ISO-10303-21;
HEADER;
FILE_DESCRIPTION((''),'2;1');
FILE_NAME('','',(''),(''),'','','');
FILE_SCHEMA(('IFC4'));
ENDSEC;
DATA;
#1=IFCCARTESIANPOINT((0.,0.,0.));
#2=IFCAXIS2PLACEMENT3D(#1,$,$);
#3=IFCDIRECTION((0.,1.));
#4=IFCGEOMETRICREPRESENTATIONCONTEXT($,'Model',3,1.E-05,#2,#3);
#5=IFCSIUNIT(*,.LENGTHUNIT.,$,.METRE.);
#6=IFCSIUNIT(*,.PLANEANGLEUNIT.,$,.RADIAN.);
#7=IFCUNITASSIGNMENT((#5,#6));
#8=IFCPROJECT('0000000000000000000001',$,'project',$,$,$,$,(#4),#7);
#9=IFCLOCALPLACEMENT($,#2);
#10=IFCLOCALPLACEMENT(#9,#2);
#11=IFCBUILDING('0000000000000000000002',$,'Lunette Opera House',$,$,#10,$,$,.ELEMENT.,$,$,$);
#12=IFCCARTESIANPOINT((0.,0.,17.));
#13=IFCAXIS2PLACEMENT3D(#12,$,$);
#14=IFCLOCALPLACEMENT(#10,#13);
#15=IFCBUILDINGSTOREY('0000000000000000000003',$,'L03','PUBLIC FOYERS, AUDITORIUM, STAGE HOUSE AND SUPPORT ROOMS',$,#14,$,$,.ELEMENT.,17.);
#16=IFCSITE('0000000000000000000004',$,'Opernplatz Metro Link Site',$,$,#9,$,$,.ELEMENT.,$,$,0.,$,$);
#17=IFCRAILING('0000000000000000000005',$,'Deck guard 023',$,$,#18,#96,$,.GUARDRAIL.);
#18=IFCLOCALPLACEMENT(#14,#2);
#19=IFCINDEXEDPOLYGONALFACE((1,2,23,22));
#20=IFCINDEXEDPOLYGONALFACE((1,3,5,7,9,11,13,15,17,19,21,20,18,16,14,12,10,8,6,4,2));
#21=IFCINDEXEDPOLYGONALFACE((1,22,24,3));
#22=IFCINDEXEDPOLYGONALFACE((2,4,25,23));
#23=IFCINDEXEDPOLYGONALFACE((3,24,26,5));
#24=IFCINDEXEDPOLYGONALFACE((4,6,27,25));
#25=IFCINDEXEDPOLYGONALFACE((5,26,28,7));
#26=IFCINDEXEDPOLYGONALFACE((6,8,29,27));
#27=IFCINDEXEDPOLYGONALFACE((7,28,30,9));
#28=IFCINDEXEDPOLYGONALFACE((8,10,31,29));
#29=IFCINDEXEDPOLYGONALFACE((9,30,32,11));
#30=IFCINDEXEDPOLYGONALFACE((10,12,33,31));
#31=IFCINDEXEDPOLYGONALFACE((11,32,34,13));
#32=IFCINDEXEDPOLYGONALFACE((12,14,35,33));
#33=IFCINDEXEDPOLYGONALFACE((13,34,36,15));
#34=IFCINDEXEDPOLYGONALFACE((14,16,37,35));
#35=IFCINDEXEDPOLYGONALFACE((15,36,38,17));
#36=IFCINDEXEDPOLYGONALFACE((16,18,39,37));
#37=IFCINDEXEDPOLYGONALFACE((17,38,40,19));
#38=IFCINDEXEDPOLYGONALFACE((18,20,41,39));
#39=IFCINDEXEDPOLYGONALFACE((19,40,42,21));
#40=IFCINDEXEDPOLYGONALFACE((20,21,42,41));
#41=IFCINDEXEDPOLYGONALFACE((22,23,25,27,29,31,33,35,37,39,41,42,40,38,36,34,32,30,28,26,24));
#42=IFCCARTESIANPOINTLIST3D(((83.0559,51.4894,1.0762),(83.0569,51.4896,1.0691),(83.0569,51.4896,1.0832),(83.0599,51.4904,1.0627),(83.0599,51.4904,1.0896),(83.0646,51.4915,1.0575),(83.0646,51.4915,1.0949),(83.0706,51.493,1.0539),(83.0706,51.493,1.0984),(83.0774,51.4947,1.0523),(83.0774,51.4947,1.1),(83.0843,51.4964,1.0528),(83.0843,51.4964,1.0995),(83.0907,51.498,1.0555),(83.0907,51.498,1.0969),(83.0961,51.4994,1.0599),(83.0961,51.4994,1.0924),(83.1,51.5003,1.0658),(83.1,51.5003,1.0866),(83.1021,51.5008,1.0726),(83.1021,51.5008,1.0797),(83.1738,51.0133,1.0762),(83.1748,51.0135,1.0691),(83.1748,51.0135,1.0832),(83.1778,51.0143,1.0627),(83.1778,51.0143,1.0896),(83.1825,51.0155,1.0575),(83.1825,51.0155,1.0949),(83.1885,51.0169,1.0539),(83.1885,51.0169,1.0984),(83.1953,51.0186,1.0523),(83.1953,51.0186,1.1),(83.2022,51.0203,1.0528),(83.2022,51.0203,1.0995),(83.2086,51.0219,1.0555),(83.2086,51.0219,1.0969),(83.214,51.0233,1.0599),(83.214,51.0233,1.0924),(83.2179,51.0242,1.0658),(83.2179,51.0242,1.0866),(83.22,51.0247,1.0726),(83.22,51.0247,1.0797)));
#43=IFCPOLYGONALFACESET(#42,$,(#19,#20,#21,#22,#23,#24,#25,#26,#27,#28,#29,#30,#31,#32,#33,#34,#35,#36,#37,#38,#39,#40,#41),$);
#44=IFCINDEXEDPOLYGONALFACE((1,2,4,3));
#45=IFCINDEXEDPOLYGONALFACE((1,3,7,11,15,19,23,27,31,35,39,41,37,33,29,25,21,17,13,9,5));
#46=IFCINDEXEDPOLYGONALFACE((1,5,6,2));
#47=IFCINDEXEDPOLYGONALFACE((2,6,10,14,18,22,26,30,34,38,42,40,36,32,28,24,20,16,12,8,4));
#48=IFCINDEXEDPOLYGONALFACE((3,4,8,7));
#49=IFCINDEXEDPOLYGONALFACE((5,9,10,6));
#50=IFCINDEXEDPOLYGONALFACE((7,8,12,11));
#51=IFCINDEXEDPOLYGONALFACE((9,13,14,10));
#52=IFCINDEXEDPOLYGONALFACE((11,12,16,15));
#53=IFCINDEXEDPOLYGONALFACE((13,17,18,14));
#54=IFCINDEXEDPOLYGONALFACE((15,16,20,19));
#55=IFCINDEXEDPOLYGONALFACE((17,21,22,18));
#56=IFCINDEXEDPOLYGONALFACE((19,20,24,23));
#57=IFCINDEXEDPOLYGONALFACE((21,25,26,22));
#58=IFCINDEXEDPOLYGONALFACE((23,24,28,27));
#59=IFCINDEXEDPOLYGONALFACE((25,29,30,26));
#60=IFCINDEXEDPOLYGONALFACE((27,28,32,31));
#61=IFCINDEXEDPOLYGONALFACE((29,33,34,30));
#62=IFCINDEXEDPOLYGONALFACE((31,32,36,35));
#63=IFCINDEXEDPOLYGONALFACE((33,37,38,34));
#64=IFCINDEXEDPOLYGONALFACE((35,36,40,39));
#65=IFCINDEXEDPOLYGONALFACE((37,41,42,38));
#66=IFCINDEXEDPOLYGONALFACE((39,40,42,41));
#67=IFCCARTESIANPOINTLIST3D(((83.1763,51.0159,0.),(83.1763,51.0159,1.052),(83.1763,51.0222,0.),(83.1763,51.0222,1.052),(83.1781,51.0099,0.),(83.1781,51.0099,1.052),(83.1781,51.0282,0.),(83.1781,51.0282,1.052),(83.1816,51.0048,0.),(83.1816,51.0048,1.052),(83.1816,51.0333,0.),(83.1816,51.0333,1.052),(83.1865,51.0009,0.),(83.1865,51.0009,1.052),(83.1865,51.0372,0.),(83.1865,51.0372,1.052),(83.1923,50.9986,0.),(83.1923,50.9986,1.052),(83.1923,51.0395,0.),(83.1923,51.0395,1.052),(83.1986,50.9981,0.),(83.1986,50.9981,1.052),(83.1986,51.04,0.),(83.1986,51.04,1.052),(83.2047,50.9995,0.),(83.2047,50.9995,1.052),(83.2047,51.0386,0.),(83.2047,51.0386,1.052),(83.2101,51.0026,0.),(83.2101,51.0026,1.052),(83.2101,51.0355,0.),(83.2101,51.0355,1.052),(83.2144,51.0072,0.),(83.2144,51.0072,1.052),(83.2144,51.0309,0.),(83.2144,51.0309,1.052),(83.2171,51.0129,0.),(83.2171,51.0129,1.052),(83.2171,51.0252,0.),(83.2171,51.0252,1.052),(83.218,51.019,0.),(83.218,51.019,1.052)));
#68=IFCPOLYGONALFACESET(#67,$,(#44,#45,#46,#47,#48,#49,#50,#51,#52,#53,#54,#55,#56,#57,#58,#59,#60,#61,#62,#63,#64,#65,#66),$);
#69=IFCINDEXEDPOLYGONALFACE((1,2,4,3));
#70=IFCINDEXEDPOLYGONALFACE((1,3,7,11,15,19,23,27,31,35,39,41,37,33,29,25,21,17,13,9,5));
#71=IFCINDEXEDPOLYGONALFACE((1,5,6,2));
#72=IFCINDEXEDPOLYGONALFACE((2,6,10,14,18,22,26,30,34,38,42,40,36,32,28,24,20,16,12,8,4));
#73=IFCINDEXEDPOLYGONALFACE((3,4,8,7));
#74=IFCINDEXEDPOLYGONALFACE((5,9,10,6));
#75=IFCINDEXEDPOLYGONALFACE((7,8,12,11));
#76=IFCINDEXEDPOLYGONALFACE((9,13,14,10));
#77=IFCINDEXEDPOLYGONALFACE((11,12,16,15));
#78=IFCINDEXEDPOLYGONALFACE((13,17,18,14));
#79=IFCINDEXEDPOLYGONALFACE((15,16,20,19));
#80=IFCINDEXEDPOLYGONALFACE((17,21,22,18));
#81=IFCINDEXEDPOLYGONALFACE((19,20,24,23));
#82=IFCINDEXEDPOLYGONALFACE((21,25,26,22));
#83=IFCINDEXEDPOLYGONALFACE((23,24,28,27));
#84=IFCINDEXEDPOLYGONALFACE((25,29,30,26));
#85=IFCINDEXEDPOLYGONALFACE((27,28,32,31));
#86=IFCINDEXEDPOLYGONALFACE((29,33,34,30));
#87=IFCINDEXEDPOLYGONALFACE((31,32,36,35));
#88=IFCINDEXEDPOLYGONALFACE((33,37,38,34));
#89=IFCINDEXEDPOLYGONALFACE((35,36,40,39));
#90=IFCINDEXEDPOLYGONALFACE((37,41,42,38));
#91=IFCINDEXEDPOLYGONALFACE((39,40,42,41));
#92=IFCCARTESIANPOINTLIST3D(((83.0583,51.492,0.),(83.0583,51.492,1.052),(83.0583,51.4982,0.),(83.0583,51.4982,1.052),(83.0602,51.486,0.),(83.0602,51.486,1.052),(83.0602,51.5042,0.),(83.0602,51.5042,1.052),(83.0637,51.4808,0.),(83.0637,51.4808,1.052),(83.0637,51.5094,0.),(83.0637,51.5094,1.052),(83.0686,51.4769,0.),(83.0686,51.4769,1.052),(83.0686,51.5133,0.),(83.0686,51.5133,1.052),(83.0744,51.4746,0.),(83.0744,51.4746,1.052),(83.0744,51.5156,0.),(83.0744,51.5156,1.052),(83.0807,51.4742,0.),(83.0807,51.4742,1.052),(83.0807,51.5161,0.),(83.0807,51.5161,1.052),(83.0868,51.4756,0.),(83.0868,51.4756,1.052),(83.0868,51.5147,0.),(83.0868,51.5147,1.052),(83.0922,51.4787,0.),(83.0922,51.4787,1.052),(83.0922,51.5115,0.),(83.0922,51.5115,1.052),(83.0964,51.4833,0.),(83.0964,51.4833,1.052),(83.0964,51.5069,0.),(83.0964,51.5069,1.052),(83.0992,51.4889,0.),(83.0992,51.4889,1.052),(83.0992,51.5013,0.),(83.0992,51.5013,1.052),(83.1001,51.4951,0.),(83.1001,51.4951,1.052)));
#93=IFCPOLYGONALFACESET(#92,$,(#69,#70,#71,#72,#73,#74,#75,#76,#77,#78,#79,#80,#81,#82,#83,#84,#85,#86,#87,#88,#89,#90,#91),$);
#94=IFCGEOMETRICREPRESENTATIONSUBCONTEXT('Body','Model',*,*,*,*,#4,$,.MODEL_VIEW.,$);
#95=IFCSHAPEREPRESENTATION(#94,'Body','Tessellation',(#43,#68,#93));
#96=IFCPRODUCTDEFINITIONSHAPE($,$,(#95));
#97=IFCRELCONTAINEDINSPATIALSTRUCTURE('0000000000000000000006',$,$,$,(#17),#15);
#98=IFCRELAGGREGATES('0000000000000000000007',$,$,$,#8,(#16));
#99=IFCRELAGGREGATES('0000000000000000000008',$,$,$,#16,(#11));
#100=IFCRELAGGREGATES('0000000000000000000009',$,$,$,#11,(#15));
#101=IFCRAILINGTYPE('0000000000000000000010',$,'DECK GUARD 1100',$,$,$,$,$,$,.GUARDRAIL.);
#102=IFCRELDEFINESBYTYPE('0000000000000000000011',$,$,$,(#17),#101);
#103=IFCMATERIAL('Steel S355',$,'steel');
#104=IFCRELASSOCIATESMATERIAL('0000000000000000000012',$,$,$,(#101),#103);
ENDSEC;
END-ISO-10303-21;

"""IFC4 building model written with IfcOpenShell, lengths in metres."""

from ifc_helpers import new_model, si_unit, direction, frame, origin, origin_2d, place, context, subcontext, project, spatial, circle, extrude, material, type_object, element, save


model = new_model("IFC4")

# Units and contexts
model_context = context("Model", 3, precision=1e-05, world=origin(), true_north=direction((0.0, 1.0)))
body_context = subcontext(model_context, "Body", "Model", "MODEL_VIEW")
ifc_project = project(units=[si_unit("LENGTHUNIT", "METRE"), si_unit("PLANEANGLEUNIT", "RADIAN")], contexts=[model_context])

# Site, building, storey
site_placement = place(None, origin())
site = spatial("IfcSite", under=ifc_project, at=site_placement, Name="Opernplatz Metro Link Site", CompositionType="ELEMENT", RefElevation=0.0)
building_placement = place(site_placement, origin())
building = spatial("IfcBuilding", under=site, at=building_placement, Name="Lunette Opera House", CompositionType="ELEMENT")
storey_placement = place(building_placement, frame((0.0, 0.0, 17.0)))
storey = spatial("IfcBuildingStorey", under=building, at=storey_placement, Name="L03", Description="PUBLIC FOYERS, AUDITORIUM, STAGE HOUSE AND SUPPORT ROOMS", CompositionType="ELEMENT", Elevation=17.0)

# Railing
ifc_material_1 = material(Name="Steel S355", Category="steel")
railing_type = type_object("IfcRailingType", Name="DECK GUARD 1100", PredefinedType="GUARDRAIL", material=ifc_material_1)
railing_placement = place(storey_placement, frame((83.197, 51.019, 0.0)))
element("IfcRailing", 1, at=railing_placement, inside=storey, type_object=railing_type, Name="Deck guard 023", PredefinedType="GUARDRAIL", context=body_context, shape_type="SweptSolid", body=[
    extrude(circle(Radius=0.0239, at=origin_2d()), frame((0.0, 0.0, 1.0762), z_axis=(-0.240427, 0.970667, 0.0), x_axis=(-0.970667, -0.240427, 0.0)), (0.0, 0.0, 1.0), 0.4905),
    extrude(circle(Radius=0.021, at=origin_2d()), origin(), (0.0, 0.0, 1.0), 1.052),
    extrude(circle(Radius=0.021, at=origin_2d()), frame((-0.1179, 0.4761, 0.0)), (0.0, 0.0, 1.0), 1.052),
])

save(model, "model.ifc")
